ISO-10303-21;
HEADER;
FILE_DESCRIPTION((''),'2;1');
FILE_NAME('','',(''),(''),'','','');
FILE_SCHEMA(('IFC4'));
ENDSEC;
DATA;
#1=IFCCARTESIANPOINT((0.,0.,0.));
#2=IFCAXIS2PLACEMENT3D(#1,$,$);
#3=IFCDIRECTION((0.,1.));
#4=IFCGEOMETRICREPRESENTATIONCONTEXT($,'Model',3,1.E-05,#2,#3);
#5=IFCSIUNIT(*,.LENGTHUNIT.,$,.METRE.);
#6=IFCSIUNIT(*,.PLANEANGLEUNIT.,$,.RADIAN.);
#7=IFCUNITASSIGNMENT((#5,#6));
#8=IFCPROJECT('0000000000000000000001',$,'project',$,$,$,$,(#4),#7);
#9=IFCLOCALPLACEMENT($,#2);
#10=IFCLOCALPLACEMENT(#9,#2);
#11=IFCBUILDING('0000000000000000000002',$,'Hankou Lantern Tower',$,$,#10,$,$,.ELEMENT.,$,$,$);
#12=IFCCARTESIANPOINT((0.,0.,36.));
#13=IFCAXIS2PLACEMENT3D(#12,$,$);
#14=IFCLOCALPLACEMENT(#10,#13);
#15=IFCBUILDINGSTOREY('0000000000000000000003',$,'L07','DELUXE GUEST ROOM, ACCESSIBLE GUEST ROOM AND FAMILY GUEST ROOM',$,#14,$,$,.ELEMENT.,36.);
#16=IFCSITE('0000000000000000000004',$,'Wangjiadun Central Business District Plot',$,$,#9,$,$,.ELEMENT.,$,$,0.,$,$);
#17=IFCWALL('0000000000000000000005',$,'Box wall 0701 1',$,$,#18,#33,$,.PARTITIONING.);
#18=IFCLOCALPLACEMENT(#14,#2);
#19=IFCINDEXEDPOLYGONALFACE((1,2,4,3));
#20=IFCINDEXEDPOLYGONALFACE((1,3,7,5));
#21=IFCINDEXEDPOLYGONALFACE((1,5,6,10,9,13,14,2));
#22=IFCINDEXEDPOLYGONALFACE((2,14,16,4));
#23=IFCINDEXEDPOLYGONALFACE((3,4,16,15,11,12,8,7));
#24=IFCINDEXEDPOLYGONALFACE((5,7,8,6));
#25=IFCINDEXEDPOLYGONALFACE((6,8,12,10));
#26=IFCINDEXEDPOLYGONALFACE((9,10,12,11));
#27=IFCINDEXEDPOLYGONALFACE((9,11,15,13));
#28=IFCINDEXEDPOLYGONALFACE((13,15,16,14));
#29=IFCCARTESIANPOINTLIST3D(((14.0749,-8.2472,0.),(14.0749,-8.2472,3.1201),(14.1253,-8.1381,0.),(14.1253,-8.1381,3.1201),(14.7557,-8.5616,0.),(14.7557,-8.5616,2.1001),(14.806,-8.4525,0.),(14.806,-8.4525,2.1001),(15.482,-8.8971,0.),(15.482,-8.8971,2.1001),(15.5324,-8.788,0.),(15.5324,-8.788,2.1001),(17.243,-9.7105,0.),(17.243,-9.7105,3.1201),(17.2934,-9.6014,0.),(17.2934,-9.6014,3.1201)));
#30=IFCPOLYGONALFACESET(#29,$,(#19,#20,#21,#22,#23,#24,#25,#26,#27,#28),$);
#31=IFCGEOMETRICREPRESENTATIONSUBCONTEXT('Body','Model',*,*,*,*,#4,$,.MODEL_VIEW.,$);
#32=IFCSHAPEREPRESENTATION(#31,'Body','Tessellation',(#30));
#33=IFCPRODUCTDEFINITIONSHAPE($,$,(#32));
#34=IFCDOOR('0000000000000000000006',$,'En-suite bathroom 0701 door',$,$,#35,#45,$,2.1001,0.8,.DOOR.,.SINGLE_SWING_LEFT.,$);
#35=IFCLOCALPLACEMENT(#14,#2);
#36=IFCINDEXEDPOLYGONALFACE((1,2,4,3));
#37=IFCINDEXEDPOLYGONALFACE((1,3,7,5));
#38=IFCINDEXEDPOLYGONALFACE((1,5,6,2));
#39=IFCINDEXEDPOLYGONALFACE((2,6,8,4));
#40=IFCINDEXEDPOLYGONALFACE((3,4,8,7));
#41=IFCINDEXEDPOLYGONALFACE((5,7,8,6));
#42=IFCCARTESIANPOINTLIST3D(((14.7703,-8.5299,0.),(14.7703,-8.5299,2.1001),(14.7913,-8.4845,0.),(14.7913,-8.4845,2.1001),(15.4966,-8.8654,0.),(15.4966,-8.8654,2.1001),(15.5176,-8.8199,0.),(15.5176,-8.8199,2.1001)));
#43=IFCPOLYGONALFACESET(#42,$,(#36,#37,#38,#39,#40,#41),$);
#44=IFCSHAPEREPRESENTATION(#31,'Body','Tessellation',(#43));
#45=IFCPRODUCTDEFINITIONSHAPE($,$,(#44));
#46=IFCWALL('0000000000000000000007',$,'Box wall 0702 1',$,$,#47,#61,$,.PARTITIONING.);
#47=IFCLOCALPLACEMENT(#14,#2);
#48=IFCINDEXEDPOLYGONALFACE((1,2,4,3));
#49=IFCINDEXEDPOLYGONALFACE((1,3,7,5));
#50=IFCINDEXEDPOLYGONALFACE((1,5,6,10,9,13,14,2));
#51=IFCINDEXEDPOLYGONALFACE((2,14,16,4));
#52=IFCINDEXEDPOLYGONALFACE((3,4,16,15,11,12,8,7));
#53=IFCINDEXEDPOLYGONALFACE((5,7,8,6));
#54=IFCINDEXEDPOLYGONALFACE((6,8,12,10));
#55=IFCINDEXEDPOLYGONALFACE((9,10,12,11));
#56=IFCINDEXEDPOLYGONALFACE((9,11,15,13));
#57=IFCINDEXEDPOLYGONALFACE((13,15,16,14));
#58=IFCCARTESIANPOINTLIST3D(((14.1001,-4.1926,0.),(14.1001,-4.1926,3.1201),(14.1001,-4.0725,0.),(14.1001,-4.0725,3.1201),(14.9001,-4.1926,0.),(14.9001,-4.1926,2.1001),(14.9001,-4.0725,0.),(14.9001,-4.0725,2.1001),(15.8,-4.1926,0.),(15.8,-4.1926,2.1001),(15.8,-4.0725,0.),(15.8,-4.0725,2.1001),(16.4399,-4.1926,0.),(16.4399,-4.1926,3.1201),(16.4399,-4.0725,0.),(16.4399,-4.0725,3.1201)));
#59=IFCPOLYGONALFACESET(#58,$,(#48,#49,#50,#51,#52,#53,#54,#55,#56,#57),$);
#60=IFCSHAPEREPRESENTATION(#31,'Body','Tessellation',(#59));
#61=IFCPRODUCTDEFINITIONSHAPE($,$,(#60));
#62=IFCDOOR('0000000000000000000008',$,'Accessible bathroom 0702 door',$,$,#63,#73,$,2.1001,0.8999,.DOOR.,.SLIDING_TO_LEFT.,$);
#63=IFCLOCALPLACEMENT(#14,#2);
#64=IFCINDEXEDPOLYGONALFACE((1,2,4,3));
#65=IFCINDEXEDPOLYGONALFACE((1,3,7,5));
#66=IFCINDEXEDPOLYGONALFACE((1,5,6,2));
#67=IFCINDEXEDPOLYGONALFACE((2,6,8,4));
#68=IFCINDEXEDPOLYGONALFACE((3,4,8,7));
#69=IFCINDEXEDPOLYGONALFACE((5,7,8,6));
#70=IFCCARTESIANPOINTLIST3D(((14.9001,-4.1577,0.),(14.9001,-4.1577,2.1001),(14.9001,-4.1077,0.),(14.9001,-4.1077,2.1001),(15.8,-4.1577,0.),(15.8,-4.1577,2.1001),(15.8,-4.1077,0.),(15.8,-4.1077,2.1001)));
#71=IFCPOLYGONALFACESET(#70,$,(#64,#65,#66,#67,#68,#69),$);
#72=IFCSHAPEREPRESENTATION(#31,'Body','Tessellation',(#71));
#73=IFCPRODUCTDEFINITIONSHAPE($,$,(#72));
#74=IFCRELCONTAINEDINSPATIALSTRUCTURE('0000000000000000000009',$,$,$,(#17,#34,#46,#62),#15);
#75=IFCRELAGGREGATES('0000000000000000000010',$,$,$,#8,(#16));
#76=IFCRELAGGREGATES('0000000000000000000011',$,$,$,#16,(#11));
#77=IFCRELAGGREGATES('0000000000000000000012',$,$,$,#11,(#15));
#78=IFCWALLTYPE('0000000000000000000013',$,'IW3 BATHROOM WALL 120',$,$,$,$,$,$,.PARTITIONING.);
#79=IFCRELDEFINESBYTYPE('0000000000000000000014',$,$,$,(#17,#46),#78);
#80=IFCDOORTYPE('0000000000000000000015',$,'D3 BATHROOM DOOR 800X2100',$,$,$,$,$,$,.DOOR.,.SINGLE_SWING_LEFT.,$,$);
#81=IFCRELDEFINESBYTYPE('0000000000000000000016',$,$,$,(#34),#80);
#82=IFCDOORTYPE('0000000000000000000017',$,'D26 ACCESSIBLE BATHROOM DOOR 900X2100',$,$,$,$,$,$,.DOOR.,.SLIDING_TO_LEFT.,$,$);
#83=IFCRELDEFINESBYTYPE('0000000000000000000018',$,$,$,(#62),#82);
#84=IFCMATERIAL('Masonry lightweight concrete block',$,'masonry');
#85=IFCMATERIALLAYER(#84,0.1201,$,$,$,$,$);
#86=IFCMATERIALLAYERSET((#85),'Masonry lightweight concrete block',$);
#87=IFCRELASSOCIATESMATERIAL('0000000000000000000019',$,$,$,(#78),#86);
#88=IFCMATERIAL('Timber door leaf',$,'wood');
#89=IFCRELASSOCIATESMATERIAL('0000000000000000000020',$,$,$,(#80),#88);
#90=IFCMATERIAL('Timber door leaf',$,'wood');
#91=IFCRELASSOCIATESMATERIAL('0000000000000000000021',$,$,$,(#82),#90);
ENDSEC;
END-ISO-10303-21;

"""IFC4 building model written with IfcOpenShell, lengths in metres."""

from ifc_helpers import new_model, si_unit, direction, frame, frame_2d, origin, place, context, subcontext, project, spatial, rectangle, extrude, material, layer, layer_set, type_object, element, fill, save


model = new_model("IFC4")

# Units and contexts
model_context = context("Model", 3, precision=1e-05, world=origin(), true_north=direction((0.0, 1.0)))
body_context = subcontext(model_context, "Body", "Model", "MODEL_VIEW")
ifc_project = project(units=[si_unit("LENGTHUNIT", "METRE"), si_unit("PLANEANGLEUNIT", "RADIAN")], contexts=[model_context])

# Site, building, storey
site_placement = place(None, origin())
site = spatial("IfcSite", under=ifc_project, at=site_placement, Name="Wangjiadun Central Business District Plot", CompositionType="ELEMENT", RefElevation=0.0)
building_placement = place(site_placement, origin())
building = spatial("IfcBuilding", under=site, at=building_placement, Name="Hankou Lantern Tower", CompositionType="ELEMENT")
storey_placement = place(building_placement, frame((0.0, 0.0, 36.0)))
storey = spatial("IfcBuildingStorey", under=building, at=storey_placement, Name="L07", Description="DELUXE GUEST ROOM, ACCESSIBLE GUEST ROOM AND FAMILY GUEST ROOM", CompositionType="ELEMENT", Elevation=36.0)

# Walls, openings, doors
ifc_material_1 = material(Name="Masonry lightweight concrete block", Category="masonry")
ifc_layer_1 = layer(ifc_material_1, 0.1201)
ifc_layer_set_1 = layer_set([ifc_layer_1], Name="Masonry lightweight concrete block")
wall_type_1 = type_object("IfcWallType", Name="IW3 BATHROOM WALL 120", PredefinedType="PARTITIONING", material=ifc_layer_set_1)
wall_1_placement = place(storey_placement, frame((14.1001, -8.1926, 0.0), z_axis=(0.0, 0.0, 1.0), x_axis=(0.907836, -0.419324, 0.0)))
wall_1 = element("IfcWall", 1, at=wall_1_placement, inside=storey, type_object=wall_type_1, Name="Box wall 0701 1", PredefinedType="PARTITIONING", context=body_context, shape_type="SweptSolid", body=[
    extrude(rectangle(XDim=3.4897, YDim=0.1201, at=frame_2d((1.7449, 0.0))), origin(), (0.0, 0.0, 1.0), 3.1201),
])
opening_1_placement = place(wall_1_placement, frame((0.75, 0.0, 0.0)))
opening_1 = element("IfcOpeningElement", 2, at=opening_1_placement, cuts=wall_1, PredefinedType="OPENING", context=body_context, shape_type="SweptSolid", body=[
    extrude(rectangle(XDim=0.8, YDim=2.1001, at=frame_2d((0.3999, 1.05))), frame((0.0, 0.0701, 0.0), z_axis=(0.0, -1.0, 0.0), x_axis=(1.0, 0.0, 0.0)), (0.0, 0.0, 1.0), 0.1401),
])
ifc_material_2 = material(Name="Timber door leaf", Category="wood")
door_type_1 = type_object("IfcDoorType", Name="D3 BATHROOM DOOR 800X2100", OperationType="SINGLE_SWING_LEFT", PredefinedType="DOOR", material=ifc_material_2)
door_1_placement = place(opening_1_placement, origin())
door_1 = element("IfcDoor", 3, at=door_1_placement, inside=storey, type_object=door_type_1, Name="En-suite bathroom 0701 door", OperationType="SINGLE_SWING_LEFT", OverallHeight=2.1001, OverallWidth=0.8, PredefinedType="DOOR", context=body_context, shape_type="SweptSolid", body=[
    extrude(rectangle(XDim=0.8, YDim=2.1001, at=frame_2d((0.3999, 1.05))), frame((0.0, 0.0249, 0.0), z_axis=(0.0, -1.0, 0.0), x_axis=(1.0, 0.0, 0.0)), (0.0, 0.0, 1.0), 0.05),
])
fill(opening_1, door_1)
wall_2_placement = place(storey_placement, frame((14.1001, -4.1326, 0.0), z_axis=(0.0, 0.0, 1.0), x_axis=(1.0, 0.0, 0.0)))
wall_2 = element("IfcWall", 4, at=wall_2_placement, inside=storey, type_object=wall_type_1, Name="Box wall 0702 1", PredefinedType="PARTITIONING", context=body_context, shape_type="SweptSolid", body=[
    extrude(rectangle(XDim=2.3398, YDim=0.1201, at=frame_2d((1.1699, 0.0))), origin(), (0.0, 0.0, 1.0), 3.1201),
])
opening_2_placement = place(wall_2_placement, frame((0.8, 0.0, 0.0)))
opening_2 = element("IfcOpeningElement", 5, at=opening_2_placement, cuts=wall_2, PredefinedType="OPENING", context=body_context, shape_type="SweptSolid", body=[
    extrude(rectangle(XDim=0.8999, YDim=2.1001, at=frame_2d((0.45, 1.05))), frame((0.0, 0.0701, 0.0), z_axis=(0.0, -1.0, 0.0), x_axis=(1.0, 0.0, 0.0)), (0.0, 0.0, 1.0), 0.1401),
])
ifc_material_3 = material(Name="Timber door leaf", Category="wood")
door_type_2 = type_object("IfcDoorType", Name="D26 ACCESSIBLE BATHROOM DOOR 900X2100", OperationType="SLIDING_TO_LEFT", PredefinedType="DOOR", material=ifc_material_3)
door_2_placement = place(opening_2_placement, origin())
door_2 = element("IfcDoor", 6, at=door_2_placement, inside=storey, type_object=door_type_2, Name="Accessible bathroom 0702 door", OperationType="SLIDING_TO_LEFT", OverallHeight=2.1001, OverallWidth=0.8999, PredefinedType="DOOR", context=body_context, shape_type="SweptSolid", body=[
    extrude(rectangle(XDim=0.8999, YDim=2.1001, at=frame_2d((0.45, 1.05))), frame((0.0, 0.0249, 0.0), z_axis=(0.0, -1.0, 0.0), x_axis=(1.0, 0.0, 0.0)), (0.0, 0.0, 1.0), 0.05),
])
fill(opening_2, door_2)

save(model, "model.ifc")
